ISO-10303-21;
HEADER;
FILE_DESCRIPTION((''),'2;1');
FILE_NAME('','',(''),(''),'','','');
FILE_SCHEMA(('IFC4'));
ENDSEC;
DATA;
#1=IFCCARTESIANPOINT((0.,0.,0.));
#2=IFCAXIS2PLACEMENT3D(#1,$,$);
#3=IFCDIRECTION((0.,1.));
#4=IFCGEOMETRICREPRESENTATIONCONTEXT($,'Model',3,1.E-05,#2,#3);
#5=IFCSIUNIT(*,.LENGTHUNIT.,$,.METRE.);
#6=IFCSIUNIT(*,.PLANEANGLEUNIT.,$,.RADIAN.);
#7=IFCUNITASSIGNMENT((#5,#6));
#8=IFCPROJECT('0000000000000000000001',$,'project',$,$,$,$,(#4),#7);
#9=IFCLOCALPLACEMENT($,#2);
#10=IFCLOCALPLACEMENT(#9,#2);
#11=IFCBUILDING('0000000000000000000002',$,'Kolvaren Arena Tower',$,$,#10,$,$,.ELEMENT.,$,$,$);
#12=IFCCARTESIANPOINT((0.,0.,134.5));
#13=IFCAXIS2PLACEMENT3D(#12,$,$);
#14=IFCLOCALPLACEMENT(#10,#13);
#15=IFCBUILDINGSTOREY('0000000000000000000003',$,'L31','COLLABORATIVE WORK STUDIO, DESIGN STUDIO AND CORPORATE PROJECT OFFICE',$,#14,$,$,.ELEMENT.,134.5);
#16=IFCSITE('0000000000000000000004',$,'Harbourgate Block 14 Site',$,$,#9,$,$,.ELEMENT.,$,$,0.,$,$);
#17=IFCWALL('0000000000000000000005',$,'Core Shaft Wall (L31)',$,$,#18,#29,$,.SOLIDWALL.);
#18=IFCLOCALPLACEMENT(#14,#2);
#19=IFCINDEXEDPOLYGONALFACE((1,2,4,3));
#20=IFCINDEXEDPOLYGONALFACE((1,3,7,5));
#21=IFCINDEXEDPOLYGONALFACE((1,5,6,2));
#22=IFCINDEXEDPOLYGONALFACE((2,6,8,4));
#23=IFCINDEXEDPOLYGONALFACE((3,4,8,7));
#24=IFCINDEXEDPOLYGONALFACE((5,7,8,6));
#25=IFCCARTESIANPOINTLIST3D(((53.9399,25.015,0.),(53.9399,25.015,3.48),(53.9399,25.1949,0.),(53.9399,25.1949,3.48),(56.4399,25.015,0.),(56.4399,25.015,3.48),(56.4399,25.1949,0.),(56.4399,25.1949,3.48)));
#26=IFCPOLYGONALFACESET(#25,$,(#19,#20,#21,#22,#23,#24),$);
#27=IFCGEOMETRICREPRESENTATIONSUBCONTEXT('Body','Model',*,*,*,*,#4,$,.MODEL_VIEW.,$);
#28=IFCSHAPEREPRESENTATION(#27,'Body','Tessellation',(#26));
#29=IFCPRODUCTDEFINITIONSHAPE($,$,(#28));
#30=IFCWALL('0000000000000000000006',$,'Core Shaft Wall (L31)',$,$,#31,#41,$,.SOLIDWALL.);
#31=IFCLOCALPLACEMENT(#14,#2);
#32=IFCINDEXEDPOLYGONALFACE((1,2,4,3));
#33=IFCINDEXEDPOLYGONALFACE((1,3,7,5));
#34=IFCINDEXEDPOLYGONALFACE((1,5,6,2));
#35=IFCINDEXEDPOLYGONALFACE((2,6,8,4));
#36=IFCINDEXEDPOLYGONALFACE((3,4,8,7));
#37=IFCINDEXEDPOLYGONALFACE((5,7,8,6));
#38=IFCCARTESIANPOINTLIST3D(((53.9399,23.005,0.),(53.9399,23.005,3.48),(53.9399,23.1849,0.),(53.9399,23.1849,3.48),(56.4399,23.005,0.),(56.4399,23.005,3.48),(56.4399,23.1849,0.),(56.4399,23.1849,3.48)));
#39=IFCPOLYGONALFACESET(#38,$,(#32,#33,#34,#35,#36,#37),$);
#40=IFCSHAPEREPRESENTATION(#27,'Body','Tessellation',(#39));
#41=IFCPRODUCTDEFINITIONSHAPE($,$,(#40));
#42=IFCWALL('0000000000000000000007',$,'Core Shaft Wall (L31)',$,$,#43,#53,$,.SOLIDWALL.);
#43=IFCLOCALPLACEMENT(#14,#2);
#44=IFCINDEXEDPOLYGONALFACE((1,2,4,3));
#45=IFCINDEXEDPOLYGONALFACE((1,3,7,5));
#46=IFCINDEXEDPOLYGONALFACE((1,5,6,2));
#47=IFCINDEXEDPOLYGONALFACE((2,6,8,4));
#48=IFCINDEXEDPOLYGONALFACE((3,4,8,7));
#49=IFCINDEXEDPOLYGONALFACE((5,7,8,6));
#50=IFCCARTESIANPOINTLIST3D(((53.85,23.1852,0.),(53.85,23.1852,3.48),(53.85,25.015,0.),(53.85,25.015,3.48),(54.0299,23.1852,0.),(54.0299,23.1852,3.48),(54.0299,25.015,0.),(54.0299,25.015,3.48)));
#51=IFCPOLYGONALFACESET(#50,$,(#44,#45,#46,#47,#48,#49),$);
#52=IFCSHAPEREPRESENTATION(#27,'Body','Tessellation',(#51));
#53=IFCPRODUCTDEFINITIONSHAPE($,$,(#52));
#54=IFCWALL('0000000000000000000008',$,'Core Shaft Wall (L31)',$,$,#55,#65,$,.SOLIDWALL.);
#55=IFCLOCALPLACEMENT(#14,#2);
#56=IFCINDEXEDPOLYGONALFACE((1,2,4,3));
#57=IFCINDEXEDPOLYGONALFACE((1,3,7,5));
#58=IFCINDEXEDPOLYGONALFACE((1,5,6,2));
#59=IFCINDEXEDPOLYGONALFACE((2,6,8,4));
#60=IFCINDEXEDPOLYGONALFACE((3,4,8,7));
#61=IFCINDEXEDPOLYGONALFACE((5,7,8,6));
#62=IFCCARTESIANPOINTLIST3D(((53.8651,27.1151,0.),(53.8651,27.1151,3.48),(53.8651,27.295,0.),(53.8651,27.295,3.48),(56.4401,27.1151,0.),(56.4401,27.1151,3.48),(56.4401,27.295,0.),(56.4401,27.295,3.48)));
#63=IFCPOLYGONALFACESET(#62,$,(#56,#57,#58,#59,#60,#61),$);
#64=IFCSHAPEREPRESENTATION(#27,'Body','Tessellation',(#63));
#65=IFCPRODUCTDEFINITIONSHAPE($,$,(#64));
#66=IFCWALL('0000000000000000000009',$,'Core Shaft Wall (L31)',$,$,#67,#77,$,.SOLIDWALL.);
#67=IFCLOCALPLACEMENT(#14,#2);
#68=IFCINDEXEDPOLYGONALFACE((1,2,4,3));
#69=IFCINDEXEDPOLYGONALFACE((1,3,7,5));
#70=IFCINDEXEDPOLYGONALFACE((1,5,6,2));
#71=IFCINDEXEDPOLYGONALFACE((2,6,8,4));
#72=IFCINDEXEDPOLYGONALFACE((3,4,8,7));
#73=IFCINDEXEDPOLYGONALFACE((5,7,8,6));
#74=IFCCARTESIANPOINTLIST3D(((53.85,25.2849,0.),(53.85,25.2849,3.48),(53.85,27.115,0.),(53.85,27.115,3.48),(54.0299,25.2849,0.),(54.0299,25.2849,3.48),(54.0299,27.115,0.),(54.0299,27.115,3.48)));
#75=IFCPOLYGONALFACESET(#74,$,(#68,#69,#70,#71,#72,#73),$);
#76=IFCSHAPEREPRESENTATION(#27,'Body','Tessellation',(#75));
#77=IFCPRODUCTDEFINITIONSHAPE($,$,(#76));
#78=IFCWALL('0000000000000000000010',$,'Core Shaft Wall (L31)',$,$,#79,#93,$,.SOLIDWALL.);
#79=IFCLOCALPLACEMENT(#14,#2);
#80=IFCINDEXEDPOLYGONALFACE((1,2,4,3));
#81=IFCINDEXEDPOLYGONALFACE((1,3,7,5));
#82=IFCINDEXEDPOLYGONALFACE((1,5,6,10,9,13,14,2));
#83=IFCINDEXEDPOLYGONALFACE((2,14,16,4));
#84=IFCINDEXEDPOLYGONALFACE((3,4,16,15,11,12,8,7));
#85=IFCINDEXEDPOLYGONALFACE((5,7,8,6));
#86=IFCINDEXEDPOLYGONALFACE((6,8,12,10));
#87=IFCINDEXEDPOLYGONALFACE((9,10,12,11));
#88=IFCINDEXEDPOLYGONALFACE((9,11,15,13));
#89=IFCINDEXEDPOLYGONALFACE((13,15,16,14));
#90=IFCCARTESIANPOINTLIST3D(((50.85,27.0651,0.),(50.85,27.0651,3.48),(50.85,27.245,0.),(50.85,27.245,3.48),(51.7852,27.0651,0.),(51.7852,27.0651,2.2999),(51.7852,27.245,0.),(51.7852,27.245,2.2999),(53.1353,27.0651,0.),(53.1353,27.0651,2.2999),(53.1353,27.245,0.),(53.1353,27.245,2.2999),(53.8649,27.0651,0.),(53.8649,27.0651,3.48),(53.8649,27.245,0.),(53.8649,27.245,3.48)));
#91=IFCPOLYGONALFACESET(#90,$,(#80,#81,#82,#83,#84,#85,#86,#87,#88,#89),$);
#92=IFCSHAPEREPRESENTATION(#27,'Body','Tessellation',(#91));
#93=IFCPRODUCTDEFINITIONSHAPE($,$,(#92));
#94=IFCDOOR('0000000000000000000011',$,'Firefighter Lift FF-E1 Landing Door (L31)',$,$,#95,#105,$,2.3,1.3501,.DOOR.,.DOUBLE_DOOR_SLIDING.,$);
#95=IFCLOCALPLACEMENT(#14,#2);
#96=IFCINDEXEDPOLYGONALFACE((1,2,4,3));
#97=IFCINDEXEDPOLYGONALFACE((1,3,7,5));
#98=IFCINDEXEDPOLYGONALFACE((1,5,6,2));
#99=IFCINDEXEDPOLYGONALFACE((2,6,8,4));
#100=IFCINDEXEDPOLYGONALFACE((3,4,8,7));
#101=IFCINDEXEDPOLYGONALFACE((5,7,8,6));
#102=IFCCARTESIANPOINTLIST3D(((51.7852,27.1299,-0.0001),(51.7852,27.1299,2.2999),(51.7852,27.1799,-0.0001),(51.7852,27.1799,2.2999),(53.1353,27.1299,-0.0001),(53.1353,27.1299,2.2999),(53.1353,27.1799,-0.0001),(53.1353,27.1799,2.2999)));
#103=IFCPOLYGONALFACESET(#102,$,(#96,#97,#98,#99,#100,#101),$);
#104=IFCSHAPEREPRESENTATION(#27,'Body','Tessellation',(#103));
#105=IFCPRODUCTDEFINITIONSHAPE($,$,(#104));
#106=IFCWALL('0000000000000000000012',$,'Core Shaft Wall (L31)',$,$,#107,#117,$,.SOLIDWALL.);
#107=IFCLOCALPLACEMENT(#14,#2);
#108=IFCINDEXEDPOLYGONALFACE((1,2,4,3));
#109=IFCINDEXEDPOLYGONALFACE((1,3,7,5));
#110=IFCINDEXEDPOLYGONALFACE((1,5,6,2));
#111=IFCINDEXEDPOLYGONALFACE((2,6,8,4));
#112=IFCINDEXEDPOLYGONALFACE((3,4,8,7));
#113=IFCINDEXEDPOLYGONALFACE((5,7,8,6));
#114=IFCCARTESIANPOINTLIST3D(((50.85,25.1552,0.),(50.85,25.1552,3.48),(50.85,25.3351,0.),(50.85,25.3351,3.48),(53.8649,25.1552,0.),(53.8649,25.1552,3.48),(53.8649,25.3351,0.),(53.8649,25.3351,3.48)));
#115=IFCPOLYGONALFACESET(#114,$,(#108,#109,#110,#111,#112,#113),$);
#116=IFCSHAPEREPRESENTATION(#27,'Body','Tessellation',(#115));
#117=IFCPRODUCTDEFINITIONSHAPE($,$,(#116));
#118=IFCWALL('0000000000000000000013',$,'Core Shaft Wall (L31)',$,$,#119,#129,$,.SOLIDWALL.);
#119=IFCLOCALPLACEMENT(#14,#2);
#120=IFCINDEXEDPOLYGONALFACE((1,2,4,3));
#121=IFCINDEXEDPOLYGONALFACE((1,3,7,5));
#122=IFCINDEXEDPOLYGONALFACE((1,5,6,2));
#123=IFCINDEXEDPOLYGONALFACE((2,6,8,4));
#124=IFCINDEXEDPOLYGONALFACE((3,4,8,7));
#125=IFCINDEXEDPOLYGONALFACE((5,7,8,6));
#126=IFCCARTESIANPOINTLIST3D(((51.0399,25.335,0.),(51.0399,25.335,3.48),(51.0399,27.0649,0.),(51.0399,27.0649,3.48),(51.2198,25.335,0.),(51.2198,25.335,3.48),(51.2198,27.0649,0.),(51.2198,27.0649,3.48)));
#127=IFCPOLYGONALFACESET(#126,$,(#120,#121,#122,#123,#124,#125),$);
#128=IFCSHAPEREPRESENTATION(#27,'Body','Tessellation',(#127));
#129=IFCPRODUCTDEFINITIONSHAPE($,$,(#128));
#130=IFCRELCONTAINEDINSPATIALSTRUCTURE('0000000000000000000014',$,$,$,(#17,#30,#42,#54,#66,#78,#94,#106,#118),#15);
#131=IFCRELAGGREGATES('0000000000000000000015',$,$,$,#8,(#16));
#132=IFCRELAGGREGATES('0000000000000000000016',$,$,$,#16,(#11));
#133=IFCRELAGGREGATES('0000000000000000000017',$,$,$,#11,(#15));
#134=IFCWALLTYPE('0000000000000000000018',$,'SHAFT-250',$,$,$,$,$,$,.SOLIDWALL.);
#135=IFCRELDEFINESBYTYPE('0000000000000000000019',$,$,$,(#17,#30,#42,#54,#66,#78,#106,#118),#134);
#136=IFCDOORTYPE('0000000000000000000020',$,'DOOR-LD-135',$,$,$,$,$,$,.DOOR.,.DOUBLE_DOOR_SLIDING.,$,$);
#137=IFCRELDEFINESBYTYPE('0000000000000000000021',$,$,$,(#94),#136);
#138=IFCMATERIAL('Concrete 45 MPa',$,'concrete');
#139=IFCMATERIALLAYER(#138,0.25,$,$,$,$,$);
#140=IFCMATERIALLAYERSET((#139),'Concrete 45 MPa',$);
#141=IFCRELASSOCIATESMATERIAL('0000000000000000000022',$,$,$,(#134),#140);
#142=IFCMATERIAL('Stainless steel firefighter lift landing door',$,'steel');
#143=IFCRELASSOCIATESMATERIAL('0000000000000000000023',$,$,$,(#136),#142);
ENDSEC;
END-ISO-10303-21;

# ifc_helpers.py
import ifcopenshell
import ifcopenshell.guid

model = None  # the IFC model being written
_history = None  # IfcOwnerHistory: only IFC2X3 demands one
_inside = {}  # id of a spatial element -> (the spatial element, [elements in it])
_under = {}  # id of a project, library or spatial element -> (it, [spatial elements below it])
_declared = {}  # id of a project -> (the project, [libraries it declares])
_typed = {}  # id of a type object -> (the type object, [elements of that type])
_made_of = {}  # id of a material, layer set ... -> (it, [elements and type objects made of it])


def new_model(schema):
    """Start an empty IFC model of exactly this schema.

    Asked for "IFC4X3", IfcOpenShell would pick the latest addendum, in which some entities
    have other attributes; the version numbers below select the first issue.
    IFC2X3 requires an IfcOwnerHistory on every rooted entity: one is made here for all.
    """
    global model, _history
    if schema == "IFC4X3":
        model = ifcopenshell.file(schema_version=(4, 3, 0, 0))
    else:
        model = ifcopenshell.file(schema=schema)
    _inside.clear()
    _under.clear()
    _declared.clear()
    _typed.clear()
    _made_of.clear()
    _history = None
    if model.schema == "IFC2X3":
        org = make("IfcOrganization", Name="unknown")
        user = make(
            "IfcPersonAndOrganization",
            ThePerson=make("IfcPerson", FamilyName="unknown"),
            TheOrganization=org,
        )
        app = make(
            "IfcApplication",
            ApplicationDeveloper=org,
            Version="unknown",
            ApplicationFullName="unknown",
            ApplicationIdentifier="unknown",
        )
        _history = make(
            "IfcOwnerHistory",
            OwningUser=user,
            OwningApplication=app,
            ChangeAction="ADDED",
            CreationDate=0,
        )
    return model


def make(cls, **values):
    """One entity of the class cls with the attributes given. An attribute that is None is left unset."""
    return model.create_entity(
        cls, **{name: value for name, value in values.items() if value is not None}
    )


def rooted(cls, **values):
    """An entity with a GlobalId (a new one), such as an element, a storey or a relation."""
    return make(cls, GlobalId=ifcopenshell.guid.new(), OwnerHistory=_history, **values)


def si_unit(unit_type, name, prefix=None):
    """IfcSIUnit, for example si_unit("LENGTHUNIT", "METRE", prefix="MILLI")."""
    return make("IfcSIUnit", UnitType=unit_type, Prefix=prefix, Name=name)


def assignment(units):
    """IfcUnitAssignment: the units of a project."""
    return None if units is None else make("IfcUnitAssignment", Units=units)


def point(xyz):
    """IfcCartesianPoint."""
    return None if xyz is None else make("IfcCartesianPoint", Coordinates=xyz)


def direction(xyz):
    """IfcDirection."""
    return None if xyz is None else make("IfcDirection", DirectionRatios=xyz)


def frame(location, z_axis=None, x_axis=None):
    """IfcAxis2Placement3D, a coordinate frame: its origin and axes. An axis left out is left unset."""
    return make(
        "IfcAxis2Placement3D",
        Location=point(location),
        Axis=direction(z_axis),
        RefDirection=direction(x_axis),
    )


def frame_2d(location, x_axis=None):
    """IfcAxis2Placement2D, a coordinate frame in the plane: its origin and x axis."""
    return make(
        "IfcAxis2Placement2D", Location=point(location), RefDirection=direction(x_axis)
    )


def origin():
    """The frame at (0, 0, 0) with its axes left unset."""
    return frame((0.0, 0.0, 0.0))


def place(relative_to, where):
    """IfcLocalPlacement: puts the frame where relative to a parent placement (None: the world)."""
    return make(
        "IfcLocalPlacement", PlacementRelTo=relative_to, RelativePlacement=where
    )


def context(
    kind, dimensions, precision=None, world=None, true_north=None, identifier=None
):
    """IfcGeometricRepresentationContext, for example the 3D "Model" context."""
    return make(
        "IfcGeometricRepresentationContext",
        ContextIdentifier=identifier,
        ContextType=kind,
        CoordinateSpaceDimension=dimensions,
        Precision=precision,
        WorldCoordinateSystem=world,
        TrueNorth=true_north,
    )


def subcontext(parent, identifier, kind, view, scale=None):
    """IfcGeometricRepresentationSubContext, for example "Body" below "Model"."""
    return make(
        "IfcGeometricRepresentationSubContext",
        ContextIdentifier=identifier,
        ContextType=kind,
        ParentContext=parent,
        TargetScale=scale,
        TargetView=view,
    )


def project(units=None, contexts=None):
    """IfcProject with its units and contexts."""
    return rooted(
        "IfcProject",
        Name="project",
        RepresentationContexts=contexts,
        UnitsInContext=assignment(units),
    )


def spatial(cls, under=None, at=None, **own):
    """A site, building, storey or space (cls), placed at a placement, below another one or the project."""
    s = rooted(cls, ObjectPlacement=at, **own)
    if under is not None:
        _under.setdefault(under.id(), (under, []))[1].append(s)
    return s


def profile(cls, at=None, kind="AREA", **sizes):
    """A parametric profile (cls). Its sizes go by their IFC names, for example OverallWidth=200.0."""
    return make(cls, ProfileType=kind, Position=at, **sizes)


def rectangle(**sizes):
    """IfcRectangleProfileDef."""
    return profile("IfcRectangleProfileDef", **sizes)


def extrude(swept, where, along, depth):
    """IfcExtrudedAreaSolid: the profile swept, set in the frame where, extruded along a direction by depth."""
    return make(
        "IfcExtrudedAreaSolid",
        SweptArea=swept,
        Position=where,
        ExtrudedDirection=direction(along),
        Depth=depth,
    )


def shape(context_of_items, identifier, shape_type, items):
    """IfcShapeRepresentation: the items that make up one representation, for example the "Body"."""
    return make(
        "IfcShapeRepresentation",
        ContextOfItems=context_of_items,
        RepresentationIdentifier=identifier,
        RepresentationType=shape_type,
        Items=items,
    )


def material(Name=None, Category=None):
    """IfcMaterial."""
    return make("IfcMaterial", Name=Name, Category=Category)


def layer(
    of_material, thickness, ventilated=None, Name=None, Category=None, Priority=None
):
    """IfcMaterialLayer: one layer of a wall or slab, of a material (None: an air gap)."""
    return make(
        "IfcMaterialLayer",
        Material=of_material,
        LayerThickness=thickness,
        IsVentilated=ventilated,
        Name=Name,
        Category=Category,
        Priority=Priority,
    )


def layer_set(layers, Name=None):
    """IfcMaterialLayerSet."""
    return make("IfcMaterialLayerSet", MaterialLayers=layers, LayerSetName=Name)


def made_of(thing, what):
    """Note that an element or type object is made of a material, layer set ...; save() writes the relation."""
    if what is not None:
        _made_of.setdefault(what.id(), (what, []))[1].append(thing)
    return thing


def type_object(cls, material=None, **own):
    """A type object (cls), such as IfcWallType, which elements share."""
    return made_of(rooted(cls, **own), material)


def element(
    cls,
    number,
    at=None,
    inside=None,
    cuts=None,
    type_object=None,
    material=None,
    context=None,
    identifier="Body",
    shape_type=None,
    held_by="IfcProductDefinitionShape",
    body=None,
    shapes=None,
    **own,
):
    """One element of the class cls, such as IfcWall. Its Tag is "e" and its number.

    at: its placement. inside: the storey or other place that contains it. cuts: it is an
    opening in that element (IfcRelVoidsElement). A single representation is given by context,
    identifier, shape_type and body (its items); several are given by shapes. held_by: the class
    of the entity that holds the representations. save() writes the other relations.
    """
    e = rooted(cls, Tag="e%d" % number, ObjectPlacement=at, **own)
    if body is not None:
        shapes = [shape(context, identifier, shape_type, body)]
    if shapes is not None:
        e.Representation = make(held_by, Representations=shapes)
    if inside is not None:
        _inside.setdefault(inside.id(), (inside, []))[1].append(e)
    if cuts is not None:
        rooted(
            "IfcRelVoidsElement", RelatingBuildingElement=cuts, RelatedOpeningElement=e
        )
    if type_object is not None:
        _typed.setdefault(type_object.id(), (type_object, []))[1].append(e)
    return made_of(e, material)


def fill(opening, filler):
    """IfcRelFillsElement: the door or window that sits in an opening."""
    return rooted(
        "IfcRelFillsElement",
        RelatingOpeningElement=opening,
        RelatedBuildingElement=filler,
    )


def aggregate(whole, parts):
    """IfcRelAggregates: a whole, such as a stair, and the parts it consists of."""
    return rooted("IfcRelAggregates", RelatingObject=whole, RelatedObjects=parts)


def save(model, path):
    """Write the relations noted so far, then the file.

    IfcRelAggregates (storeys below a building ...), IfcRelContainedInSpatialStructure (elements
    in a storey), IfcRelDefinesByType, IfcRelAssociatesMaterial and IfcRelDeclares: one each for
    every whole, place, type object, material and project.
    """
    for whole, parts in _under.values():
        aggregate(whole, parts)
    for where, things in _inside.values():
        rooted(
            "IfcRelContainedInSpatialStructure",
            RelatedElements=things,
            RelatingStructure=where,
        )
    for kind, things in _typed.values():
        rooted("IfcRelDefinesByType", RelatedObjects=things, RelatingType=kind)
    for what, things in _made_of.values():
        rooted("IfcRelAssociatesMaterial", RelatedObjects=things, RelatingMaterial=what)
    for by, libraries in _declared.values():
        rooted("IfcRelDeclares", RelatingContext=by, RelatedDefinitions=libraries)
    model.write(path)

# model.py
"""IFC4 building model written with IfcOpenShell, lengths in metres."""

from ifc_helpers import new_model, si_unit, direction, frame, frame_2d, origin, place, context, subcontext, project, spatial, rectangle, extrude, material, layer, layer_set, type_object, element, fill, save


model = new_model("IFC4")

# Units and contexts
model_context = context("Model", 3, precision=1e-05, world=origin(), true_north=direction((0.0, 1.0)))
body_context = subcontext(model_context, "Body", "Model", "MODEL_VIEW")
ifc_project = project(units=[si_unit("LENGTHUNIT", "METRE"), si_unit("PLANEANGLEUNIT", "RADIAN")], contexts=[model_context])

# Site, building, storey
site_placement = place(None, origin())
site = spatial("IfcSite", under=ifc_project, at=site_placement, Name="Harbourgate Block 14 Site", CompositionType="ELEMENT", RefElevation=0.0)
building_placement = place(site_placement, origin())
building = spatial("IfcBuilding", under=site, at=building_placement, Name="Kolvaren Arena Tower", CompositionType="ELEMENT")
storey_placement = place(building_placement, frame((0.0, 0.0, 134.5)))
storey = spatial("IfcBuildingStorey", under=building, at=storey_placement, Name="L31", Description="COLLABORATIVE WORK STUDIO, DESIGN STUDIO AND CORPORATE PROJECT OFFICE", CompositionType="ELEMENT", Elevation=134.5)

# Walls
ifc_material_1 = material(Name="Concrete 45 MPa", Category="concrete")
ifc_layer_1 = layer(ifc_material_1, 0.25)
ifc_layer_set_1 = layer_set([ifc_layer_1], Name="Concrete 45 MPa")
wall_type_1 = type_object("IfcWallType", Name="SHAFT-250", PredefinedType="SOLIDWALL", material=ifc_layer_set_1)
for number, where, z_axis, x_axis, name in (
    (1, (53.9399, 25.105, 0.0), (0.0, 0.0, 1.0), (1.0, 0.0, 0.0), "Core Shaft Wall (L31)"),
    (2, (53.9399, 23.095, 0.0), (0.0, 0.0, 1.0), (1.0, 0.0, 0.0), "Core Shaft Wall (L31)"),
):
    element("IfcWall", number, at=place(storey_placement, frame(where, z_axis=z_axis, x_axis=x_axis)), inside=storey, type_object=wall_type_1, Name=name, PredefinedType="SOLIDWALL", context=body_context, shape_type="SweptSolid", body=[
        extrude(rectangle(XDim=2.5, YDim=0.1799, at=frame_2d((1.25, 0.0))), origin(), (0.0, 0.0, 1.0), 3.48),
    ])
wall_1_placement = place(storey_placement, frame((53.9399, 23.1851, 0.0), z_axis=(0.0, 0.0, 1.0), x_axis=(0.0, 1.0, 0.0)))
element("IfcWall", 3, at=wall_1_placement, inside=storey, type_object=wall_type_1, Name="Core Shaft Wall (L31)", PredefinedType="SOLIDWALL", context=body_context, shape_type="SweptSolid", body=[
    extrude(rectangle(XDim=1.8298, YDim=0.1799, at=frame_2d((0.915, 0.0))), origin(), (0.0, 0.0, 1.0), 3.48),
])
wall_2_placement = place(storey_placement, frame((53.865, 27.2051, 0.0), z_axis=(0.0, 0.0, 1.0), x_axis=(1.0, 0.0, 0.0)))
element("IfcWall", 4, at=wall_2_placement, inside=storey, type_object=wall_type_1, Name="Core Shaft Wall (L31)", PredefinedType="SOLIDWALL", context=body_context, shape_type="SweptSolid", body=[
    extrude(rectangle(XDim=2.575, YDim=0.1799, at=frame_2d((1.2876, 0.0))), origin(), (0.0, 0.0, 1.0), 3.48),
])
wall_3_placement = place(storey_placement, frame((53.9399, 25.2849, 0.0), z_axis=(0.0, 0.0, 1.0), x_axis=(0.0, 1.0, 0.0)))
element("IfcWall", 5, at=wall_3_placement, inside=storey, type_object=wall_type_1, Name="Core Shaft Wall (L31)", PredefinedType="SOLIDWALL", context=body_context, shape_type="SweptSolid", body=[
    extrude(rectangle(XDim=1.8301, YDim=0.1799, at=frame_2d((0.915, 0.0))), origin(), (0.0, 0.0, 1.0), 3.48),
])

# Wall, opening, door
wall_4_placement = place(storey_placement, frame((50.8501, 27.155, 0.0), z_axis=(0.0, 0.0, 1.0), x_axis=(1.0, 0.0, 0.0)))
wall_4 = element("IfcWall", 6, at=wall_4_placement, inside=storey, type_object=wall_type_1, Name="Core Shaft Wall (L31)", PredefinedType="SOLIDWALL", context=body_context, shape_type="SweptSolid", body=[
    extrude(rectangle(XDim=3.0149, YDim=0.1799, at=frame_2d((1.5073, 0.0))), origin(), (0.0, 0.0, 1.0), 3.48),
])
opening_1_placement = place(wall_4_placement, frame((0.9351, 0.0, 0.0)))
opening_1 = element("IfcOpeningElement", 7, at=opening_1_placement, cuts=wall_4, PredefinedType="OPENING", context=body_context, shape_type="SweptSolid", body=[
    extrude(rectangle(XDim=1.3501, YDim=2.3, at=frame_2d((0.675, 1.1499))), frame((0.0, 0.0999, 0.0), z_axis=(0.0, -1.0, 0.0), x_axis=(1.0, 0.0, 0.0)), (0.0, 0.0, 1.0), 0.2),
])
ifc_material_2 = material(Name="Stainless steel firefighter lift landing door", Category="steel")
door_type_1 = type_object("IfcDoorType", Name="DOOR-LD-135", OperationType="DOUBLE_DOOR_SLIDING", PredefinedType="DOOR", material=ifc_material_2)
door_1_placement = place(opening_1_placement, origin())
door_1 = element("IfcDoor", 8, at=door_1_placement, inside=storey, type_object=door_type_1, Name="Firefighter Lift FF-E1 Landing Door (L31)", OperationType="DOUBLE_DOOR_SLIDING", OverallHeight=2.3, OverallWidth=1.3501, PredefinedType="DOOR", context=body_context, shape_type="SweptSolid", body=[
    extrude(rectangle(XDim=1.3501, YDim=2.3, at=frame_2d((0.675, 1.1499))), frame((0.0, 0.0249, 0.0), z_axis=(0.0, -1.0, 0.0), x_axis=(1.0, 0.0, 0.0)), (0.0, 0.0, 1.0), 0.05),
])
fill(opening_1, door_1)

# Walls
wall_5_placement = place(storey_placement, frame((50.8501, 25.2451, 0.0), z_axis=(0.0, 0.0, 1.0), x_axis=(1.0, 0.0, 0.0)))
element("IfcWall", 9, at=wall_5_placement, inside=storey, type_object=wall_type_1, Name="Core Shaft Wall (L31)", PredefinedType="SOLIDWALL", context=body_context, shape_type="SweptSolid", body=[
    extrude(rectangle(XDim=3.0149, YDim=0.1799, at=frame_2d((1.5073, 0.0))), origin(), (0.0, 0.0, 1.0), 3.48),
])
wall_6_placement = place(storey_placement, frame((51.1299, 25.335, 0.0), z_axis=(0.0, 0.0, 1.0), x_axis=(0.0, 1.0, 0.0)))
element("IfcWall", 10, at=wall_6_placement, inside=storey, type_object=wall_type_1, Name="Core Shaft Wall (L31)", PredefinedType="SOLIDWALL", context=body_context, shape_type="SweptSolid", body=[
    extrude(rectangle(XDim=1.73, YDim=0.1799, at=frame_2d((0.865, 0.0))), origin(), (0.0, 0.0, 1.0), 3.48),
])

save(model, "model.ifc")
